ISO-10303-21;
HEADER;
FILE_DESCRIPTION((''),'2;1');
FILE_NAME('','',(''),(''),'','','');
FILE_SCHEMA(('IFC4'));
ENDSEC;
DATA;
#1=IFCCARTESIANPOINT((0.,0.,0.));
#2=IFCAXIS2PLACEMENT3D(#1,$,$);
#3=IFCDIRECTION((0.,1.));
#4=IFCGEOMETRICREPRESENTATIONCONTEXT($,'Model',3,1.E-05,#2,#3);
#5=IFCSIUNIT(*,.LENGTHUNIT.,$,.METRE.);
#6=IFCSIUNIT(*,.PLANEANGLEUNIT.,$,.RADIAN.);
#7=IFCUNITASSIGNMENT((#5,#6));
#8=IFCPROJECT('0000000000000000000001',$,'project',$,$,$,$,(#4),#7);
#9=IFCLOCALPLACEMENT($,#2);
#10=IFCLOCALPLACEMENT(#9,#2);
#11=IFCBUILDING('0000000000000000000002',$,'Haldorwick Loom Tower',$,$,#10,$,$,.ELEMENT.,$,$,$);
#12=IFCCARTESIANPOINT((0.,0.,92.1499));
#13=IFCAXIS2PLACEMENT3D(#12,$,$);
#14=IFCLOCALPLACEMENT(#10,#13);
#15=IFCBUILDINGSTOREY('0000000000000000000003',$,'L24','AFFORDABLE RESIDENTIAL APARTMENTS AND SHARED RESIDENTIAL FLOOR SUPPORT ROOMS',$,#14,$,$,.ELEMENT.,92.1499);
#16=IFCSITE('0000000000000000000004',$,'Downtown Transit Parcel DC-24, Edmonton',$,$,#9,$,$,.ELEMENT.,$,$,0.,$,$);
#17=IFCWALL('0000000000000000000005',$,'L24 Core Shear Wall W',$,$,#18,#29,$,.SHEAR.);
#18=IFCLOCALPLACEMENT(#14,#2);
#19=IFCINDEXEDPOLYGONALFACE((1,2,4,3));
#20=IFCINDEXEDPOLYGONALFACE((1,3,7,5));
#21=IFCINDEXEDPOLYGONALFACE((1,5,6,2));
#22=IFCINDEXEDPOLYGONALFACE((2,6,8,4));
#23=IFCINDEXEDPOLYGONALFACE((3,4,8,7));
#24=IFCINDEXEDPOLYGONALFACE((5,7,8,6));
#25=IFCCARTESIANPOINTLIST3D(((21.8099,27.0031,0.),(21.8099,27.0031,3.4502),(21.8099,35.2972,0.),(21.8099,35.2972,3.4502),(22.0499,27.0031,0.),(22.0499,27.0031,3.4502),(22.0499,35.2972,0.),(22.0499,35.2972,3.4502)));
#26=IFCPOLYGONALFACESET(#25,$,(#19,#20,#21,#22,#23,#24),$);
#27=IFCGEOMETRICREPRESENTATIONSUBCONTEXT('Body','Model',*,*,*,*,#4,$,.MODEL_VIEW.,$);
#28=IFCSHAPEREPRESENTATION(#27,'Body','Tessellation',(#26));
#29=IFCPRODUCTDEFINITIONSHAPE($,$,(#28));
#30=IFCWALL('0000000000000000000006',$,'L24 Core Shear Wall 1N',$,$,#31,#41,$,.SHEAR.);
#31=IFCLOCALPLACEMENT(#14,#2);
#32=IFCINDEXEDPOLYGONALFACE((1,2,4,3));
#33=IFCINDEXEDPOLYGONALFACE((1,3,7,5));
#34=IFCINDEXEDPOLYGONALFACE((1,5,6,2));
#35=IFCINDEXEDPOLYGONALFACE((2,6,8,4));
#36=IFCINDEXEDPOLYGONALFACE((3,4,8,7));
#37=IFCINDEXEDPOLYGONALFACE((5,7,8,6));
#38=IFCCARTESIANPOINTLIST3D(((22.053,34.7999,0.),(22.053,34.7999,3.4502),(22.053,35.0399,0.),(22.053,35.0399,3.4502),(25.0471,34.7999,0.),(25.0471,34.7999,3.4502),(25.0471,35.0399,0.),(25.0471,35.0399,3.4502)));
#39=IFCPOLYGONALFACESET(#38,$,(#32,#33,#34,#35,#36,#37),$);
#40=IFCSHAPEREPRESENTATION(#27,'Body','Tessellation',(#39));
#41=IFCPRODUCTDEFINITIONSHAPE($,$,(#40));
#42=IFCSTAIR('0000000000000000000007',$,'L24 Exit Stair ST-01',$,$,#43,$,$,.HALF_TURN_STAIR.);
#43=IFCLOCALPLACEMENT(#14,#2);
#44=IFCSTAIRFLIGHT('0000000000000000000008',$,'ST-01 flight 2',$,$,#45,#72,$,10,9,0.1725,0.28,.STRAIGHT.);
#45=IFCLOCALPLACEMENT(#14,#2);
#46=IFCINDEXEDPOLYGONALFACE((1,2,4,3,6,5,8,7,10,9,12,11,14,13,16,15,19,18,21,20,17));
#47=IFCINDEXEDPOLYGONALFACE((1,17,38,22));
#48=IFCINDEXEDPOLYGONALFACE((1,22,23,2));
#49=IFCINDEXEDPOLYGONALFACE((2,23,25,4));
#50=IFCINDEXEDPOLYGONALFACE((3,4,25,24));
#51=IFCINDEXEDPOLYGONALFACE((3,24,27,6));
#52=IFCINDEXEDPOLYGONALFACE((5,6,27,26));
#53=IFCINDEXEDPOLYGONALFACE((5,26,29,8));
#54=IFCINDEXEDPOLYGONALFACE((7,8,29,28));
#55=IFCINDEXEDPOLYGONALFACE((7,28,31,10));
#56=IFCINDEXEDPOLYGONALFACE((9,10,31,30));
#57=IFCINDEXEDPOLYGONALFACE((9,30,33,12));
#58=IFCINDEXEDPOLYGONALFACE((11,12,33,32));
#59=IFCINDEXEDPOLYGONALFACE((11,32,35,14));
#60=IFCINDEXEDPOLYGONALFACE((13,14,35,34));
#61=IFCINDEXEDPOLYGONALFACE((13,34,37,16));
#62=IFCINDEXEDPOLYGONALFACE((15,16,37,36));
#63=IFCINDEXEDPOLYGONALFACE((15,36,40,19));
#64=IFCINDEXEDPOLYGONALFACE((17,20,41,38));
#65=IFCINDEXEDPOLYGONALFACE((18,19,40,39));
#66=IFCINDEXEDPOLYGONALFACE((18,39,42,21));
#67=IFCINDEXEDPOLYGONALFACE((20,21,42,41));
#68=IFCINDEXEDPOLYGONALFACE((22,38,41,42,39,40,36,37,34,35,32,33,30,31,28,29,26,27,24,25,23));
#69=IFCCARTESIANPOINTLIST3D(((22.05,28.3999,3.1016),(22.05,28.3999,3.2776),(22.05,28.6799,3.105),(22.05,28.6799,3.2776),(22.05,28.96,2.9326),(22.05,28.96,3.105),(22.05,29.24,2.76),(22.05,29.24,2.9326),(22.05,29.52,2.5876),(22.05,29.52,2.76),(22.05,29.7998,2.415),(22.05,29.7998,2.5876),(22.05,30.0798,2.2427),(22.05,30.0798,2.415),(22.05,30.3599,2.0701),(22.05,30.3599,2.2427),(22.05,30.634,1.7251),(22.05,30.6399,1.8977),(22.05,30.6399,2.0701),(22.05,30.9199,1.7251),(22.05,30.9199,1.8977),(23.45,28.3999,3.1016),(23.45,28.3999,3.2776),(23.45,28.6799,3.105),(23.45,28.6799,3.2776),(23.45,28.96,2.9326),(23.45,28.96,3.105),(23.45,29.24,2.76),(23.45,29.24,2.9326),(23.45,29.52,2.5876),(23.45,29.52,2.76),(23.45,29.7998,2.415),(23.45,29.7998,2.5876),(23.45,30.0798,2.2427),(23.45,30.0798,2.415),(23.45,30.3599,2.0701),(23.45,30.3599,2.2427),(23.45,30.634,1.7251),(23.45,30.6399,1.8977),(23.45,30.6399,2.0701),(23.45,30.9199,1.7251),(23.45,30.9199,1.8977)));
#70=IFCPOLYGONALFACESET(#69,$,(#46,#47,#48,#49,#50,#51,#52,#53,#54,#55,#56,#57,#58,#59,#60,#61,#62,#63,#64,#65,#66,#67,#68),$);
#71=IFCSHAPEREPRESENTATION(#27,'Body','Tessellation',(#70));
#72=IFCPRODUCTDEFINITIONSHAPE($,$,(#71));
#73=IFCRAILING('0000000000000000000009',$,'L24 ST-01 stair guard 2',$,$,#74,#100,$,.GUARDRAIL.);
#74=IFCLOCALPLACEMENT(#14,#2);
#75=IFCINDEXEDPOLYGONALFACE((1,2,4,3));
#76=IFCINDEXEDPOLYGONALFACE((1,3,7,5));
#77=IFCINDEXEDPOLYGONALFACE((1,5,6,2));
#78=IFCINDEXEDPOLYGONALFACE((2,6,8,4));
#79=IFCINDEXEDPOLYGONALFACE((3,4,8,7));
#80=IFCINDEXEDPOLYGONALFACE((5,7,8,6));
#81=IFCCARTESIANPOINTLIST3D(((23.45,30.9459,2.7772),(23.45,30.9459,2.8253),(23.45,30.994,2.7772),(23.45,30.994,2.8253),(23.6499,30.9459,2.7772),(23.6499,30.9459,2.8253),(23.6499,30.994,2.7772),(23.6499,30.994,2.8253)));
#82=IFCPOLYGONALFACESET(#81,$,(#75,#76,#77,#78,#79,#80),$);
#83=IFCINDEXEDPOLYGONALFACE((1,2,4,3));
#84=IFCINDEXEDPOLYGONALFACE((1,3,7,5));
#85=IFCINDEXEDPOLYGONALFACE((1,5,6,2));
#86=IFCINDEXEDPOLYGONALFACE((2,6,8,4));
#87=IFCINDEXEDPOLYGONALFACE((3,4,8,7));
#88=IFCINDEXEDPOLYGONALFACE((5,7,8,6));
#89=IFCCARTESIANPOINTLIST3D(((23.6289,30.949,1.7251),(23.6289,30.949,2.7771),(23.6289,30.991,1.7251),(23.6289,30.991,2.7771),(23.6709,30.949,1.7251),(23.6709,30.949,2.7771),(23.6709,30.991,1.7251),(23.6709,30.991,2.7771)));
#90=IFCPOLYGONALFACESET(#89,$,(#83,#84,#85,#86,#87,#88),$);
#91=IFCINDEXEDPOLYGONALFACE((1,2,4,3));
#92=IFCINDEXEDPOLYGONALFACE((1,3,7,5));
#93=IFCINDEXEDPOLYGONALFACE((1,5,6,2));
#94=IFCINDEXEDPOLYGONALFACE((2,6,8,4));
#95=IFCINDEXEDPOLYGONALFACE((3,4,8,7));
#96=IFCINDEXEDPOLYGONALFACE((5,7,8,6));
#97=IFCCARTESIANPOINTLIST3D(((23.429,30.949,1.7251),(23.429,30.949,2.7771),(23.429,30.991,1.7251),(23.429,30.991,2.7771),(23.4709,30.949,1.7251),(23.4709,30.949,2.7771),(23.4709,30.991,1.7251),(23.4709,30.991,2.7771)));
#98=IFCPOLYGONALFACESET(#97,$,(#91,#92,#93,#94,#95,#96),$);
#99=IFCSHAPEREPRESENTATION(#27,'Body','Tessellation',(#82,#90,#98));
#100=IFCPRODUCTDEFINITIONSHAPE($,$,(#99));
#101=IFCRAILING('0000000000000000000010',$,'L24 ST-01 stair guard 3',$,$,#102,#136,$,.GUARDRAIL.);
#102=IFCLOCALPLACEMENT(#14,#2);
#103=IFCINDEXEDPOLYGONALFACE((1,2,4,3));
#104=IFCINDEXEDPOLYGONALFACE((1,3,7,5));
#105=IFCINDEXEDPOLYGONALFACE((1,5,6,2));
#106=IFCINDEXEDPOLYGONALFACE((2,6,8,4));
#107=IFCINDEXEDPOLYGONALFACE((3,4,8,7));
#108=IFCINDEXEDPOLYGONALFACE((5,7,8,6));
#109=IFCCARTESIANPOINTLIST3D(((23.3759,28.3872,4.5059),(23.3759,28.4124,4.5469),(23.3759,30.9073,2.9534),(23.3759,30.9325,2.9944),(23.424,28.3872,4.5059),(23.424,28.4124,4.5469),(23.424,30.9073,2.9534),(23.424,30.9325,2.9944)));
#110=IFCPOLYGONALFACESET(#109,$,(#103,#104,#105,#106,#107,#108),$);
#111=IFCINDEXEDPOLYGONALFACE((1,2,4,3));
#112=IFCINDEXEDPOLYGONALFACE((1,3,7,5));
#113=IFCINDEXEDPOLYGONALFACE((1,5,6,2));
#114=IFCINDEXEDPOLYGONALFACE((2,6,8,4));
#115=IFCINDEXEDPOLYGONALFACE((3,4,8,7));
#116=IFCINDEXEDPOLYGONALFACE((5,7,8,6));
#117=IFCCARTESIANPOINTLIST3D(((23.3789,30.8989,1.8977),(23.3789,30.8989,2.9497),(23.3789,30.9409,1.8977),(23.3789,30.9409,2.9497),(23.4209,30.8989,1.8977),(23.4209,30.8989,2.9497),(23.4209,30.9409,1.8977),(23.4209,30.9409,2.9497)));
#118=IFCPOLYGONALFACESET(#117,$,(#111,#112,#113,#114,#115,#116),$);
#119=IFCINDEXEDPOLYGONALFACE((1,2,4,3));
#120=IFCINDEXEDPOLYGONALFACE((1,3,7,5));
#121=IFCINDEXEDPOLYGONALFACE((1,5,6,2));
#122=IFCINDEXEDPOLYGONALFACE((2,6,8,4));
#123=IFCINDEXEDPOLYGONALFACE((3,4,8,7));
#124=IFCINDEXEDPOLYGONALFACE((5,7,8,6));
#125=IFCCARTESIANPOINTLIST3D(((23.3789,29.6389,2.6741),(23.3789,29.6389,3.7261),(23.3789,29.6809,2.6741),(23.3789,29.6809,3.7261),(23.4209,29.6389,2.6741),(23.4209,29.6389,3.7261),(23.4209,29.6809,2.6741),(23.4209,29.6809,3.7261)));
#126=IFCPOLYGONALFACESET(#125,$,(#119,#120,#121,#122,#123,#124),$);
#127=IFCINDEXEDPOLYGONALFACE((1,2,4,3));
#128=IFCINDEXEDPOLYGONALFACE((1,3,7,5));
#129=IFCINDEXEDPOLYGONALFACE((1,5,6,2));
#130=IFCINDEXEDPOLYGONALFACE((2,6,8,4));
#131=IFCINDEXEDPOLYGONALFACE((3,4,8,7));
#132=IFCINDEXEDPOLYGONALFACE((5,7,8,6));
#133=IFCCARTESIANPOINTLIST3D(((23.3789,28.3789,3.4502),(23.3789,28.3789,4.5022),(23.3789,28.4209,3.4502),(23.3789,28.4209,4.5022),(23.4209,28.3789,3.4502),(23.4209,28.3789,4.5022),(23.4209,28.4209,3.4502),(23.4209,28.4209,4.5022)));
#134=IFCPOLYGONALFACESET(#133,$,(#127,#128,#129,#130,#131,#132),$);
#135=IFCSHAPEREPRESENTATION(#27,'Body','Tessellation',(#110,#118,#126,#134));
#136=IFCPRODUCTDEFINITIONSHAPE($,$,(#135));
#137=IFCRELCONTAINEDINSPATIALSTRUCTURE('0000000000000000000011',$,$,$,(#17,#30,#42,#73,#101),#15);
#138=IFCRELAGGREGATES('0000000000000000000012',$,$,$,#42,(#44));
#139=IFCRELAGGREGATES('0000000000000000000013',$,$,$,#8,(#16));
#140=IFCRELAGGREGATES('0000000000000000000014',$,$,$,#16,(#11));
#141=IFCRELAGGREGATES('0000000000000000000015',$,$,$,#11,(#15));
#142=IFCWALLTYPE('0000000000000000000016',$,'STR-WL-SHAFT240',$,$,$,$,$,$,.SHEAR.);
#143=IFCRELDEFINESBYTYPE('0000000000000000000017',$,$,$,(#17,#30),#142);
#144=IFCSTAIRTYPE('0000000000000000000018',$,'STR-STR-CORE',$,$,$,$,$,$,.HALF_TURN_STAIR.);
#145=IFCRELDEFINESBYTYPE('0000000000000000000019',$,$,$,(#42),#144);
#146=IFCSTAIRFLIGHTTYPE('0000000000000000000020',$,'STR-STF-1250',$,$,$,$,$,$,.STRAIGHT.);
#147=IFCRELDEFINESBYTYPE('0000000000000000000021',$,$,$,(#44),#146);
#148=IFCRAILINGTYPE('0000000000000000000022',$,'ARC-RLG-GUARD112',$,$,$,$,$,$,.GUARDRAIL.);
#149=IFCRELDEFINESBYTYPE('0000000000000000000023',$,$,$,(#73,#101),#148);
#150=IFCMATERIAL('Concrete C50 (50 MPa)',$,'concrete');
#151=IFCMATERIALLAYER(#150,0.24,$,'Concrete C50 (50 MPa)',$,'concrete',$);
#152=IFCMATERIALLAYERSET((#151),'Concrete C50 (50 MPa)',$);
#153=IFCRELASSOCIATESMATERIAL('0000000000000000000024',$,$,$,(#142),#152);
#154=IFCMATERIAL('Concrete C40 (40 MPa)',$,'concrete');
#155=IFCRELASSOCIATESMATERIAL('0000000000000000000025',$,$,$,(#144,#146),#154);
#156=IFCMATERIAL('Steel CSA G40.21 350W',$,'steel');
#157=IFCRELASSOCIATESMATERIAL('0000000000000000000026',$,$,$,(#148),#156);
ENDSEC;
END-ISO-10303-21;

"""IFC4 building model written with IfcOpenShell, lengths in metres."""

from ifc_helpers import new_model, si_unit, direction, frame, frame_2d, origin, origin_2d, place, context, subcontext, project, spatial, polyline, rectangle, outline, extrude, material, layer, layer_set, type_object, element, aggregate, save


model = new_model("IFC4")

# Units and contexts
model_context = context("Model", 3, precision=1e-05, world=origin(), true_north=direction((0.0, 1.0)))
body_context = subcontext(model_context, "Body", "Model", "MODEL_VIEW")
ifc_project = project(units=[si_unit("LENGTHUNIT", "METRE"), si_unit("PLANEANGLEUNIT", "RADIAN")], contexts=[model_context])

# Site, building, storey
site_placement = place(None, origin())
site = spatial("IfcSite", under=ifc_project, at=site_placement, Name="Downtown Transit Parcel DC-24, Edmonton", CompositionType="ELEMENT", RefElevation=0.0)
building_placement = place(site_placement, origin())
building = spatial("IfcBuilding", under=site, at=building_placement, Name="Haldorwick Loom Tower", CompositionType="ELEMENT")
storey_placement = place(building_placement, frame((0.0, 0.0, 92.1499)))
storey = spatial("IfcBuildingStorey", under=building, at=storey_placement, Name="L24", Description="AFFORDABLE RESIDENTIAL APARTMENTS AND SHARED RESIDENTIAL FLOOR SUPPORT ROOMS", CompositionType="ELEMENT", Elevation=92.1499)

# Shared definitions
ifc_material_1 = material(Name="Steel CSA G40.21 350W", Category="steel")

# Walls
ifc_material_2 = material(Name="Concrete C50 (50 MPa)", Category="concrete")
ifc_layer_1 = layer(ifc_material_2, 0.24, Name="Concrete C50 (50 MPa)", Category="concrete")
ifc_layer_set_1 = layer_set([ifc_layer_1], Name="Concrete C50 (50 MPa)")
wall_type_1 = type_object("IfcWallType", Name="STR-WL-SHAFT240", PredefinedType="SHEAR", material=ifc_layer_set_1)
wall_1_placement = place(storey_placement, frame((21.9299, 35.2971, 0.0), z_axis=(0.0, 0.0, 1.0), x_axis=(0.0, -1.0, 0.0)))
element("IfcWall", 1, at=wall_1_placement, inside=storey, type_object=wall_type_1, Name="L24 Core Shear Wall W", PredefinedType="SHEAR", context=body_context, shape_type="SweptSolid", body=[
    extrude(rectangle(XDim=8.2942, YDim=0.24, at=frame_2d((4.147, 0.0))), origin(), (0.0, 0.0, 1.0), 3.4502),
])
wall_2_placement = place(storey_placement, frame((22.053, 34.9199, 0.0), z_axis=(0.0, 0.0, 1.0), x_axis=(1.0, 0.0, 0.0)))
element("IfcWall", 2, at=wall_2_placement, inside=storey, type_object=wall_type_1, Name="L24 Core Shear Wall 1N", PredefinedType="SHEAR", context=body_context, shape_type="SweptSolid", body=[
    extrude(rectangle(XDim=2.9941, YDim=0.24, at=frame_2d((1.4971, 0.0))), origin(), (0.0, 0.0, 1.0), 3.4502),
])

# Stair, stair flight
ifc_material_3 = material(Name="Concrete C40 (40 MPa)", Category="concrete")
stair_type = type_object("IfcStairType", Name="STR-STR-CORE", PredefinedType="HALF_TURN_STAIR", material=ifc_material_3)
stair_placement = place(storey_placement, origin())
stair = element("IfcStair", 3, at=stair_placement, inside=storey, type_object=stair_type, Name="L24 Exit Stair ST-01", PredefinedType="HALF_TURN_STAIR")
stair_flight_type = type_object("IfcStairFlightType", Name="STR-STF-1250", PredefinedType="STRAIGHT", material=ifc_material_3)
stair_flight_placement = place(storey_placement, frame((22.75, 30.9199, 1.7251), z_axis=(0.0, 0.0, 1.0), x_axis=(0.0, -1.0, 0.0)))
stair_flight = element("IfcStairFlight", 4, at=stair_flight_placement, type_object=stair_flight_type, Name="ST-01 flight 2", NumberOfRisers=10, NumberOfTreads=9, PredefinedType="STRAIGHT", RiserHeight=0.1725, TreadLength=0.28, context=body_context, shape_type="SweptSolid", body=[
    extrude(outline(polyline([(0.0, 0.0), (0.0, 0.1726), (0.28, 0.1726), (0.28, 0.345), (0.5601, 0.345), (0.5601, 0.5176), (0.8401, 0.5176), (0.8401, 0.6899), (1.1201, 0.6899), (1.1201, 0.8625), (1.3999, 0.8625), (1.3999, 1.0349), (1.6799, 1.0349), (1.6799, 1.2075), (1.96, 1.2075), (1.96, 1.3799), (2.24, 1.3799), (2.24, 1.5525), (2.52, 1.5525), (2.52, 1.7251), (2.52, 1.3765), (0.2859, 0.0), (0.0, 0.0)])), frame((0.0, 0.7, 0.0), z_axis=(0.0, -1.0, 0.0), x_axis=(1.0, 0.0, 0.0)), (0.0, 0.0, 1.0), 1.3999),
])
aggregate(stair, [stair_flight])

# Railings
railing_type = type_object("IfcRailingType", Name="ARC-RLG-GUARD112", PredefinedType="GUARDRAIL", material=ifc_material_1)
railing_1_placement = place(storey_placement, frame((23.6499, 30.97, 1.7251)))
element("IfcRailing", 5, at=railing_1_placement, inside=storey, type_object=railing_type, Name="L24 ST-01 stair guard 2", PredefinedType="GUARDRAIL", context=body_context, shape_type="SweptSolid", body=[
    extrude(rectangle(XDim=0.0481, YDim=0.0481, at=origin_2d()), frame((0.0, 0.0, 1.0762), z_axis=(-1.0, 0.0, 0.0), x_axis=(0.0, -1.0, 0.0)), (0.0, 0.0, 1.0), 0.2),
    extrude(rectangle(XDim=0.042, YDim=0.042, at=origin_2d()), origin(), (0.0, 0.0, 1.0), 1.052),
    extrude(rectangle(XDim=0.042, YDim=0.042, at=origin_2d()), frame((-0.2, 0.0, 0.0)), (0.0, 0.0, 1.0), 1.052),
])
railing_2_placement = place(storey_placement, frame((23.3999, 30.9199, 1.8977)))
element("IfcRailing", 6, at=railing_2_placement, inside=storey, type_object=railing_type, Name="L24 ST-01 stair guard 3", PredefinedType="GUARDRAIL", context=body_context, shape_type="SweptSolid", body=[
    extrude(rectangle(XDim=0.0481, YDim=0.0481, at=origin_2d()), frame((0.0, 0.0, 1.0762), z_axis=(0.0, -0.8514, 0.524516), x_axis=(1.0, 0.0, 0.0)), (0.0, 0.0, 1.0), 2.96),
    extrude(rectangle(XDim=0.042, YDim=0.042, at=origin_2d()), origin(), (0.0, 0.0, 1.0), 1.052),
    extrude(rectangle(XDim=0.042, YDim=0.042, at=origin_2d()), frame((0.0, -1.26, 0.7764)), (0.0, 0.0, 1.0), 1.052),
    extrude(rectangle(XDim=0.042, YDim=0.042, at=origin_2d()), frame((0.0, -2.52, 1.5525)), (0.0, 0.0, 1.0), 1.052),
])

save(model, "model.ifc")
